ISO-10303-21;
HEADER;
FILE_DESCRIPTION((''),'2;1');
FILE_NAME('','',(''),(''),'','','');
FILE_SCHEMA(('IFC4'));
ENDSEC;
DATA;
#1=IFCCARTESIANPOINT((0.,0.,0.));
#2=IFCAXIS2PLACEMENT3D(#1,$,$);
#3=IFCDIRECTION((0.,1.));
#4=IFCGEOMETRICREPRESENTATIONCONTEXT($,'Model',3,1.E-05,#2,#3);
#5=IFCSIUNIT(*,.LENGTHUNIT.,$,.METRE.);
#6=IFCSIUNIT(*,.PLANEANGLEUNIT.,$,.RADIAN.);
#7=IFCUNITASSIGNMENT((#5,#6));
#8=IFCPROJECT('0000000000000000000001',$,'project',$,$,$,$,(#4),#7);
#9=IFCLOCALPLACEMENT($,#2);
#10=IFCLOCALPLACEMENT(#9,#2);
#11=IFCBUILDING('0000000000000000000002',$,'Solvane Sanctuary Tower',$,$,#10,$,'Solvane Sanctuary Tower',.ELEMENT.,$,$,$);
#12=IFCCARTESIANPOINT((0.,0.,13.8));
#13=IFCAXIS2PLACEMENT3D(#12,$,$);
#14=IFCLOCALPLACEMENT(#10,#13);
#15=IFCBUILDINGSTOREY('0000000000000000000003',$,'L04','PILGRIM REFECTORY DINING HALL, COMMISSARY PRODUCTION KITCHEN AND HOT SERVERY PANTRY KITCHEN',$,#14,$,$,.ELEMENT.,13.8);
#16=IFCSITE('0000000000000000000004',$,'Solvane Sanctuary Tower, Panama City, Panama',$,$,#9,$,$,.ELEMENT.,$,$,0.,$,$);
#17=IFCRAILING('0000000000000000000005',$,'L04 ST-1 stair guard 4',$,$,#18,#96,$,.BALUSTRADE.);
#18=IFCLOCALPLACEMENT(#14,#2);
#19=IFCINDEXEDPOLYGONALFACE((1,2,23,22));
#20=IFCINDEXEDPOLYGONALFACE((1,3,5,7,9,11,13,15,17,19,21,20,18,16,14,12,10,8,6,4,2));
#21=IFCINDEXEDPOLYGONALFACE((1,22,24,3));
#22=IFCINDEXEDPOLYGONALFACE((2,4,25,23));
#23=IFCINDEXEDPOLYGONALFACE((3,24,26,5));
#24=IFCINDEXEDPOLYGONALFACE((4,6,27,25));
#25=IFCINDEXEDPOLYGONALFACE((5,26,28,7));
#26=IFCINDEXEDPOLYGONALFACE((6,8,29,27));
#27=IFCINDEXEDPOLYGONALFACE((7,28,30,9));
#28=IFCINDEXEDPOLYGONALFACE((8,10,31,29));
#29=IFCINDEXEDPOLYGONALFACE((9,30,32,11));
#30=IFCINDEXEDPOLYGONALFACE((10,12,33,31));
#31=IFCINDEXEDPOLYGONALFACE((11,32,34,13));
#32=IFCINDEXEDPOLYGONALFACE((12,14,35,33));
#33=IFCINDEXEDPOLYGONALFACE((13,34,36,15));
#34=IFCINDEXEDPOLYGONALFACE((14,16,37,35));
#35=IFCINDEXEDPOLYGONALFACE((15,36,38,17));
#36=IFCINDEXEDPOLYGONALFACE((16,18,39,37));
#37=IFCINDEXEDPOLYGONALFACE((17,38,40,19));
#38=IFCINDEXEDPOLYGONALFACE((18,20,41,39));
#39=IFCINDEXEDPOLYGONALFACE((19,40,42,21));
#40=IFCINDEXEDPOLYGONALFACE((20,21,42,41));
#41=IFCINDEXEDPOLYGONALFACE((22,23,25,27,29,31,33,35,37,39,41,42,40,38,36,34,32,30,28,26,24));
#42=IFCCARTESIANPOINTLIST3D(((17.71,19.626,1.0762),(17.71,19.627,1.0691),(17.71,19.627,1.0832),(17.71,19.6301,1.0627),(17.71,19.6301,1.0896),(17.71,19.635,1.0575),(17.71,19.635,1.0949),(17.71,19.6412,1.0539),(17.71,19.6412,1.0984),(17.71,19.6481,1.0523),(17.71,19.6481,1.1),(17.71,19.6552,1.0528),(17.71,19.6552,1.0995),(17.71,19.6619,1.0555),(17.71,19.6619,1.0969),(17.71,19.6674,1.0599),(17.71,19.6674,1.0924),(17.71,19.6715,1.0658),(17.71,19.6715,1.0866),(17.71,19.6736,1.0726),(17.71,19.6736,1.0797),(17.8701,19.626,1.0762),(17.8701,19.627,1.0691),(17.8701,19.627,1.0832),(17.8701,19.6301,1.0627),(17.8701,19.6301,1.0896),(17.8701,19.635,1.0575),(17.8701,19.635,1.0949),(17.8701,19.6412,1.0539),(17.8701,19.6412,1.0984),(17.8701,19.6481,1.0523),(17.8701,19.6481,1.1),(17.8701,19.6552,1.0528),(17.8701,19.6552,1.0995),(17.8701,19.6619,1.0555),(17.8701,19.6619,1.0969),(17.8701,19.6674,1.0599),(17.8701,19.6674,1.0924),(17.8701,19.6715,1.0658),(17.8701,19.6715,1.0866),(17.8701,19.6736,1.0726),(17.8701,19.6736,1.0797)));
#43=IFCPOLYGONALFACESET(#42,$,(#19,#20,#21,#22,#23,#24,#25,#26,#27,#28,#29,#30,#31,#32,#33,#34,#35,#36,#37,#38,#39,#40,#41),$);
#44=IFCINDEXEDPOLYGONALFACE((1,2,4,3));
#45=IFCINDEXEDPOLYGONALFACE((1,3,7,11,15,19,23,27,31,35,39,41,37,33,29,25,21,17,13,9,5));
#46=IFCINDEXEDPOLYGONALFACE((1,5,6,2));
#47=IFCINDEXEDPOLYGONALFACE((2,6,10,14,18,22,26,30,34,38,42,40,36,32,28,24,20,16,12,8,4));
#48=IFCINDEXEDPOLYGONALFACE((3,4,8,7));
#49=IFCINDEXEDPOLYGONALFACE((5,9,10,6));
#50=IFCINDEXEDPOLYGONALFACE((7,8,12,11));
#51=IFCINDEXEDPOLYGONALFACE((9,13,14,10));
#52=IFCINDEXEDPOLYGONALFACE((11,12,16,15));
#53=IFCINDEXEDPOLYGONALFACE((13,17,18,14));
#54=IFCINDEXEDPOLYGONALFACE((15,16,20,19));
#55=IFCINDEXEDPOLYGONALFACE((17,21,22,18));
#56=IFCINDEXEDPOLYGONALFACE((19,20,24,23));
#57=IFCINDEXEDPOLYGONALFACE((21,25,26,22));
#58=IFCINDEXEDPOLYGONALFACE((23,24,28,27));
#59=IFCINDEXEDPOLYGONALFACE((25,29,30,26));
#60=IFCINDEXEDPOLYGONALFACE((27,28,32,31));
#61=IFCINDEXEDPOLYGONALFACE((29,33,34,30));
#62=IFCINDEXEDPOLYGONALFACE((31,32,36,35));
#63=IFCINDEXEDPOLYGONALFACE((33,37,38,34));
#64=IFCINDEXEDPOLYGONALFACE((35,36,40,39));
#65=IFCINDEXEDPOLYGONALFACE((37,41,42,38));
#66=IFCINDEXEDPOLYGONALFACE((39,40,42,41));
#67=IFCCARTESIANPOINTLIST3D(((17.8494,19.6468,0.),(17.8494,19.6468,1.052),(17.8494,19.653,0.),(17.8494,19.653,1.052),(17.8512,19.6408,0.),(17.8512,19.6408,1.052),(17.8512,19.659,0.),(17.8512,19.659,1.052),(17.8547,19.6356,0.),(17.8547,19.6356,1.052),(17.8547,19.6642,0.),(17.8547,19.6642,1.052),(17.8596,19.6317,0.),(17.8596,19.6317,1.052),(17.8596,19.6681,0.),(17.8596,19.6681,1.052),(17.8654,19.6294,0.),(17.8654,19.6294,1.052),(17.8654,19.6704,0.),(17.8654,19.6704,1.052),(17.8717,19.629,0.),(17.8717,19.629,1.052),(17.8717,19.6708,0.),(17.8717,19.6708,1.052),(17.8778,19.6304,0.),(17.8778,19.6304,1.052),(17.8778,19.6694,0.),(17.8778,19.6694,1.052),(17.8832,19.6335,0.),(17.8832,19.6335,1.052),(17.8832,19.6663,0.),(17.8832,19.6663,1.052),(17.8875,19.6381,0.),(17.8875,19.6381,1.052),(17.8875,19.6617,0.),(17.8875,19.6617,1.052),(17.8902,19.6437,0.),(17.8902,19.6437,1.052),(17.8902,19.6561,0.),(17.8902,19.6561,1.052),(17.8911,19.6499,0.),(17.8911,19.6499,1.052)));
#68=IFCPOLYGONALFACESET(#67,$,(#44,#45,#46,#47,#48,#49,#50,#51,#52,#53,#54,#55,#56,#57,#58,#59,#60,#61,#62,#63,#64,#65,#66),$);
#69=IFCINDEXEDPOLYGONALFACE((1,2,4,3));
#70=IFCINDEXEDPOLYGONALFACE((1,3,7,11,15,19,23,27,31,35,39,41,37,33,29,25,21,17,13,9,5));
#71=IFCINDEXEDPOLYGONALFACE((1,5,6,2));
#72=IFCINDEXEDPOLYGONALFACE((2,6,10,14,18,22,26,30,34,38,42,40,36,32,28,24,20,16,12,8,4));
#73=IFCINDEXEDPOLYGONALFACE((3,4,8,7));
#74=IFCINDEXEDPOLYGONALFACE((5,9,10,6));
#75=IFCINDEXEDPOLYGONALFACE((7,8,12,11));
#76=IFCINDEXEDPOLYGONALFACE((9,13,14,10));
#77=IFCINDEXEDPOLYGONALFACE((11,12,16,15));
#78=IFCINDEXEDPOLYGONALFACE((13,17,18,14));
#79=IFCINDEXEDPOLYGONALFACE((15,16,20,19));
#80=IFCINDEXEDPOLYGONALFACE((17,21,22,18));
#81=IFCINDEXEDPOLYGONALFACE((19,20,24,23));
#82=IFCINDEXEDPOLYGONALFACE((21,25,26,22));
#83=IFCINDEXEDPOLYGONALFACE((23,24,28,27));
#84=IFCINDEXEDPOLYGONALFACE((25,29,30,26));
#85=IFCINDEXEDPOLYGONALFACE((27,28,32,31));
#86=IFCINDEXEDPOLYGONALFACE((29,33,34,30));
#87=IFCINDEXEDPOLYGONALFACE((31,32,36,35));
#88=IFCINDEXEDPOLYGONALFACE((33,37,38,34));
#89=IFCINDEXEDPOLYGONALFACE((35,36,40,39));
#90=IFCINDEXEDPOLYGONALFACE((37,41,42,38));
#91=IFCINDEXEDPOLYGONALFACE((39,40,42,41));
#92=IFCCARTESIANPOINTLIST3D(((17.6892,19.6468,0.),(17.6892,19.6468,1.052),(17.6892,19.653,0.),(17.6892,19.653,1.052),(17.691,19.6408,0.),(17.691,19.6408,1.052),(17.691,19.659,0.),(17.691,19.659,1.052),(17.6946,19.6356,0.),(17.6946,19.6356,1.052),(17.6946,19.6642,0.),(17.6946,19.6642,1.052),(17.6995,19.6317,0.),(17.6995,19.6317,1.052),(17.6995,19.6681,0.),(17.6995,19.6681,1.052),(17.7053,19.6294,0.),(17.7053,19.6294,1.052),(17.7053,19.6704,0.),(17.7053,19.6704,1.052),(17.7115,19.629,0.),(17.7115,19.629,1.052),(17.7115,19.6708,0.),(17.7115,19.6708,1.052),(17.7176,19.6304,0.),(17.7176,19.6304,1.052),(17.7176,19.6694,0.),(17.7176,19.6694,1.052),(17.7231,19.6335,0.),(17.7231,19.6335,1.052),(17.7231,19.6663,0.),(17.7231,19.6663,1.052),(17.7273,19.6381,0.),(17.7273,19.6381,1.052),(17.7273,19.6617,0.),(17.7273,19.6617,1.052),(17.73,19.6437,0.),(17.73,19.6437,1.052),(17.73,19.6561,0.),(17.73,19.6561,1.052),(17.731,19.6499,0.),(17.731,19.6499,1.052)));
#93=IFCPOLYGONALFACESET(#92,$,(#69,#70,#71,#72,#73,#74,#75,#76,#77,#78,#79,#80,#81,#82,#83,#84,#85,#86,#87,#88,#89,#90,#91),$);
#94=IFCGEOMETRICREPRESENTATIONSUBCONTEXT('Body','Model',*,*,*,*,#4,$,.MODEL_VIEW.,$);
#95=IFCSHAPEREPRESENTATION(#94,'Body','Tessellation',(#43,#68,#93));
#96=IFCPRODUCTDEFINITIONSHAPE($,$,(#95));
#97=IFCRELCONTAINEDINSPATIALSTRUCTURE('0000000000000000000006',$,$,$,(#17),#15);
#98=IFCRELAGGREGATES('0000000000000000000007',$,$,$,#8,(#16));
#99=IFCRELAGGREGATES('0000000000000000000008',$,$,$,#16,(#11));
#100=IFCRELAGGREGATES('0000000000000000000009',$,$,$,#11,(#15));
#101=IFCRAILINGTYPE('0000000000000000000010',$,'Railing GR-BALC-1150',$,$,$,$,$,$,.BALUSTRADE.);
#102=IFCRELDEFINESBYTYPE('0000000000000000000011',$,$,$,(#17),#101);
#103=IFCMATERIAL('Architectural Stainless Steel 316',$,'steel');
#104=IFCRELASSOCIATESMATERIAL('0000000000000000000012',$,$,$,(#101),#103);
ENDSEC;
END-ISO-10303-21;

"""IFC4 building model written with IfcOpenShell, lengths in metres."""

from ifc_helpers import new_model, si_unit, direction, frame, origin, origin_2d, place, context, subcontext, project, spatial, circle, extrude, material, type_object, element, save


model = new_model("IFC4")

# Units and contexts
model_context = context("Model", 3, precision=1e-05, world=origin(), true_north=direction((0.0, 1.0)))
body_context = subcontext(model_context, "Body", "Model", "MODEL_VIEW")
ifc_project = project(units=[si_unit("LENGTHUNIT", "METRE"), si_unit("PLANEANGLEUNIT", "RADIAN")], contexts=[model_context])

# Site, building, storey
site_placement = place(None, origin())
site = spatial("IfcSite", under=ifc_project, at=site_placement, Name="Solvane Sanctuary Tower, Panama City, Panama", CompositionType="ELEMENT", RefElevation=0.0)
building_placement = place(site_placement, origin())
building = spatial("IfcBuilding", under=site, at=building_placement, Name="Solvane Sanctuary Tower", LongName="Solvane Sanctuary Tower", CompositionType="ELEMENT")
storey_placement = place(building_placement, frame((0.0, 0.0, 13.8)))
storey = spatial("IfcBuildingStorey", under=building, at=storey_placement, Name="L04", Description="PILGRIM REFECTORY DINING HALL, COMMISSARY PRODUCTION KITCHEN AND HOT SERVERY PANTRY KITCHEN", CompositionType="ELEMENT", Elevation=13.8)

# Shared definitions
ifc_material_1 = material(Name="Architectural Stainless Steel 316", Category="steel")

# Railing
railing_type_1 = type_object("IfcRailingType", Name="Railing GR-BALC-1150", PredefinedType="BALUSTRADE", material=ifc_material_1)
railing_1_placement = place(storey_placement, frame((17.8701, 19.6499, 0.0)))
element("IfcRailing", 1, at=railing_1_placement, inside=storey, type_object=railing_type_1, Name="L04 ST-1 stair guard 4", PredefinedType="BALUSTRADE", context=body_context, shape_type="SweptSolid", body=[
    extrude(circle(Radius=0.0239, at=origin_2d()), frame((0.0, 0.0, 1.0762), z_axis=(-1.0, 0.0, 0.0), x_axis=(0.0, -1.0, 0.0)), (0.0, 0.0, 1.0), 0.1602),
    extrude(circle(Radius=0.021, at=origin_2d()), origin(), (0.0, 0.0, 1.0), 1.052),
    extrude(circle(Radius=0.021, at=origin_2d()), frame((-0.1602, 0.0, 0.0)), (0.0, 0.0, 1.0), 1.052),
])

save(model, "model.ifc")
